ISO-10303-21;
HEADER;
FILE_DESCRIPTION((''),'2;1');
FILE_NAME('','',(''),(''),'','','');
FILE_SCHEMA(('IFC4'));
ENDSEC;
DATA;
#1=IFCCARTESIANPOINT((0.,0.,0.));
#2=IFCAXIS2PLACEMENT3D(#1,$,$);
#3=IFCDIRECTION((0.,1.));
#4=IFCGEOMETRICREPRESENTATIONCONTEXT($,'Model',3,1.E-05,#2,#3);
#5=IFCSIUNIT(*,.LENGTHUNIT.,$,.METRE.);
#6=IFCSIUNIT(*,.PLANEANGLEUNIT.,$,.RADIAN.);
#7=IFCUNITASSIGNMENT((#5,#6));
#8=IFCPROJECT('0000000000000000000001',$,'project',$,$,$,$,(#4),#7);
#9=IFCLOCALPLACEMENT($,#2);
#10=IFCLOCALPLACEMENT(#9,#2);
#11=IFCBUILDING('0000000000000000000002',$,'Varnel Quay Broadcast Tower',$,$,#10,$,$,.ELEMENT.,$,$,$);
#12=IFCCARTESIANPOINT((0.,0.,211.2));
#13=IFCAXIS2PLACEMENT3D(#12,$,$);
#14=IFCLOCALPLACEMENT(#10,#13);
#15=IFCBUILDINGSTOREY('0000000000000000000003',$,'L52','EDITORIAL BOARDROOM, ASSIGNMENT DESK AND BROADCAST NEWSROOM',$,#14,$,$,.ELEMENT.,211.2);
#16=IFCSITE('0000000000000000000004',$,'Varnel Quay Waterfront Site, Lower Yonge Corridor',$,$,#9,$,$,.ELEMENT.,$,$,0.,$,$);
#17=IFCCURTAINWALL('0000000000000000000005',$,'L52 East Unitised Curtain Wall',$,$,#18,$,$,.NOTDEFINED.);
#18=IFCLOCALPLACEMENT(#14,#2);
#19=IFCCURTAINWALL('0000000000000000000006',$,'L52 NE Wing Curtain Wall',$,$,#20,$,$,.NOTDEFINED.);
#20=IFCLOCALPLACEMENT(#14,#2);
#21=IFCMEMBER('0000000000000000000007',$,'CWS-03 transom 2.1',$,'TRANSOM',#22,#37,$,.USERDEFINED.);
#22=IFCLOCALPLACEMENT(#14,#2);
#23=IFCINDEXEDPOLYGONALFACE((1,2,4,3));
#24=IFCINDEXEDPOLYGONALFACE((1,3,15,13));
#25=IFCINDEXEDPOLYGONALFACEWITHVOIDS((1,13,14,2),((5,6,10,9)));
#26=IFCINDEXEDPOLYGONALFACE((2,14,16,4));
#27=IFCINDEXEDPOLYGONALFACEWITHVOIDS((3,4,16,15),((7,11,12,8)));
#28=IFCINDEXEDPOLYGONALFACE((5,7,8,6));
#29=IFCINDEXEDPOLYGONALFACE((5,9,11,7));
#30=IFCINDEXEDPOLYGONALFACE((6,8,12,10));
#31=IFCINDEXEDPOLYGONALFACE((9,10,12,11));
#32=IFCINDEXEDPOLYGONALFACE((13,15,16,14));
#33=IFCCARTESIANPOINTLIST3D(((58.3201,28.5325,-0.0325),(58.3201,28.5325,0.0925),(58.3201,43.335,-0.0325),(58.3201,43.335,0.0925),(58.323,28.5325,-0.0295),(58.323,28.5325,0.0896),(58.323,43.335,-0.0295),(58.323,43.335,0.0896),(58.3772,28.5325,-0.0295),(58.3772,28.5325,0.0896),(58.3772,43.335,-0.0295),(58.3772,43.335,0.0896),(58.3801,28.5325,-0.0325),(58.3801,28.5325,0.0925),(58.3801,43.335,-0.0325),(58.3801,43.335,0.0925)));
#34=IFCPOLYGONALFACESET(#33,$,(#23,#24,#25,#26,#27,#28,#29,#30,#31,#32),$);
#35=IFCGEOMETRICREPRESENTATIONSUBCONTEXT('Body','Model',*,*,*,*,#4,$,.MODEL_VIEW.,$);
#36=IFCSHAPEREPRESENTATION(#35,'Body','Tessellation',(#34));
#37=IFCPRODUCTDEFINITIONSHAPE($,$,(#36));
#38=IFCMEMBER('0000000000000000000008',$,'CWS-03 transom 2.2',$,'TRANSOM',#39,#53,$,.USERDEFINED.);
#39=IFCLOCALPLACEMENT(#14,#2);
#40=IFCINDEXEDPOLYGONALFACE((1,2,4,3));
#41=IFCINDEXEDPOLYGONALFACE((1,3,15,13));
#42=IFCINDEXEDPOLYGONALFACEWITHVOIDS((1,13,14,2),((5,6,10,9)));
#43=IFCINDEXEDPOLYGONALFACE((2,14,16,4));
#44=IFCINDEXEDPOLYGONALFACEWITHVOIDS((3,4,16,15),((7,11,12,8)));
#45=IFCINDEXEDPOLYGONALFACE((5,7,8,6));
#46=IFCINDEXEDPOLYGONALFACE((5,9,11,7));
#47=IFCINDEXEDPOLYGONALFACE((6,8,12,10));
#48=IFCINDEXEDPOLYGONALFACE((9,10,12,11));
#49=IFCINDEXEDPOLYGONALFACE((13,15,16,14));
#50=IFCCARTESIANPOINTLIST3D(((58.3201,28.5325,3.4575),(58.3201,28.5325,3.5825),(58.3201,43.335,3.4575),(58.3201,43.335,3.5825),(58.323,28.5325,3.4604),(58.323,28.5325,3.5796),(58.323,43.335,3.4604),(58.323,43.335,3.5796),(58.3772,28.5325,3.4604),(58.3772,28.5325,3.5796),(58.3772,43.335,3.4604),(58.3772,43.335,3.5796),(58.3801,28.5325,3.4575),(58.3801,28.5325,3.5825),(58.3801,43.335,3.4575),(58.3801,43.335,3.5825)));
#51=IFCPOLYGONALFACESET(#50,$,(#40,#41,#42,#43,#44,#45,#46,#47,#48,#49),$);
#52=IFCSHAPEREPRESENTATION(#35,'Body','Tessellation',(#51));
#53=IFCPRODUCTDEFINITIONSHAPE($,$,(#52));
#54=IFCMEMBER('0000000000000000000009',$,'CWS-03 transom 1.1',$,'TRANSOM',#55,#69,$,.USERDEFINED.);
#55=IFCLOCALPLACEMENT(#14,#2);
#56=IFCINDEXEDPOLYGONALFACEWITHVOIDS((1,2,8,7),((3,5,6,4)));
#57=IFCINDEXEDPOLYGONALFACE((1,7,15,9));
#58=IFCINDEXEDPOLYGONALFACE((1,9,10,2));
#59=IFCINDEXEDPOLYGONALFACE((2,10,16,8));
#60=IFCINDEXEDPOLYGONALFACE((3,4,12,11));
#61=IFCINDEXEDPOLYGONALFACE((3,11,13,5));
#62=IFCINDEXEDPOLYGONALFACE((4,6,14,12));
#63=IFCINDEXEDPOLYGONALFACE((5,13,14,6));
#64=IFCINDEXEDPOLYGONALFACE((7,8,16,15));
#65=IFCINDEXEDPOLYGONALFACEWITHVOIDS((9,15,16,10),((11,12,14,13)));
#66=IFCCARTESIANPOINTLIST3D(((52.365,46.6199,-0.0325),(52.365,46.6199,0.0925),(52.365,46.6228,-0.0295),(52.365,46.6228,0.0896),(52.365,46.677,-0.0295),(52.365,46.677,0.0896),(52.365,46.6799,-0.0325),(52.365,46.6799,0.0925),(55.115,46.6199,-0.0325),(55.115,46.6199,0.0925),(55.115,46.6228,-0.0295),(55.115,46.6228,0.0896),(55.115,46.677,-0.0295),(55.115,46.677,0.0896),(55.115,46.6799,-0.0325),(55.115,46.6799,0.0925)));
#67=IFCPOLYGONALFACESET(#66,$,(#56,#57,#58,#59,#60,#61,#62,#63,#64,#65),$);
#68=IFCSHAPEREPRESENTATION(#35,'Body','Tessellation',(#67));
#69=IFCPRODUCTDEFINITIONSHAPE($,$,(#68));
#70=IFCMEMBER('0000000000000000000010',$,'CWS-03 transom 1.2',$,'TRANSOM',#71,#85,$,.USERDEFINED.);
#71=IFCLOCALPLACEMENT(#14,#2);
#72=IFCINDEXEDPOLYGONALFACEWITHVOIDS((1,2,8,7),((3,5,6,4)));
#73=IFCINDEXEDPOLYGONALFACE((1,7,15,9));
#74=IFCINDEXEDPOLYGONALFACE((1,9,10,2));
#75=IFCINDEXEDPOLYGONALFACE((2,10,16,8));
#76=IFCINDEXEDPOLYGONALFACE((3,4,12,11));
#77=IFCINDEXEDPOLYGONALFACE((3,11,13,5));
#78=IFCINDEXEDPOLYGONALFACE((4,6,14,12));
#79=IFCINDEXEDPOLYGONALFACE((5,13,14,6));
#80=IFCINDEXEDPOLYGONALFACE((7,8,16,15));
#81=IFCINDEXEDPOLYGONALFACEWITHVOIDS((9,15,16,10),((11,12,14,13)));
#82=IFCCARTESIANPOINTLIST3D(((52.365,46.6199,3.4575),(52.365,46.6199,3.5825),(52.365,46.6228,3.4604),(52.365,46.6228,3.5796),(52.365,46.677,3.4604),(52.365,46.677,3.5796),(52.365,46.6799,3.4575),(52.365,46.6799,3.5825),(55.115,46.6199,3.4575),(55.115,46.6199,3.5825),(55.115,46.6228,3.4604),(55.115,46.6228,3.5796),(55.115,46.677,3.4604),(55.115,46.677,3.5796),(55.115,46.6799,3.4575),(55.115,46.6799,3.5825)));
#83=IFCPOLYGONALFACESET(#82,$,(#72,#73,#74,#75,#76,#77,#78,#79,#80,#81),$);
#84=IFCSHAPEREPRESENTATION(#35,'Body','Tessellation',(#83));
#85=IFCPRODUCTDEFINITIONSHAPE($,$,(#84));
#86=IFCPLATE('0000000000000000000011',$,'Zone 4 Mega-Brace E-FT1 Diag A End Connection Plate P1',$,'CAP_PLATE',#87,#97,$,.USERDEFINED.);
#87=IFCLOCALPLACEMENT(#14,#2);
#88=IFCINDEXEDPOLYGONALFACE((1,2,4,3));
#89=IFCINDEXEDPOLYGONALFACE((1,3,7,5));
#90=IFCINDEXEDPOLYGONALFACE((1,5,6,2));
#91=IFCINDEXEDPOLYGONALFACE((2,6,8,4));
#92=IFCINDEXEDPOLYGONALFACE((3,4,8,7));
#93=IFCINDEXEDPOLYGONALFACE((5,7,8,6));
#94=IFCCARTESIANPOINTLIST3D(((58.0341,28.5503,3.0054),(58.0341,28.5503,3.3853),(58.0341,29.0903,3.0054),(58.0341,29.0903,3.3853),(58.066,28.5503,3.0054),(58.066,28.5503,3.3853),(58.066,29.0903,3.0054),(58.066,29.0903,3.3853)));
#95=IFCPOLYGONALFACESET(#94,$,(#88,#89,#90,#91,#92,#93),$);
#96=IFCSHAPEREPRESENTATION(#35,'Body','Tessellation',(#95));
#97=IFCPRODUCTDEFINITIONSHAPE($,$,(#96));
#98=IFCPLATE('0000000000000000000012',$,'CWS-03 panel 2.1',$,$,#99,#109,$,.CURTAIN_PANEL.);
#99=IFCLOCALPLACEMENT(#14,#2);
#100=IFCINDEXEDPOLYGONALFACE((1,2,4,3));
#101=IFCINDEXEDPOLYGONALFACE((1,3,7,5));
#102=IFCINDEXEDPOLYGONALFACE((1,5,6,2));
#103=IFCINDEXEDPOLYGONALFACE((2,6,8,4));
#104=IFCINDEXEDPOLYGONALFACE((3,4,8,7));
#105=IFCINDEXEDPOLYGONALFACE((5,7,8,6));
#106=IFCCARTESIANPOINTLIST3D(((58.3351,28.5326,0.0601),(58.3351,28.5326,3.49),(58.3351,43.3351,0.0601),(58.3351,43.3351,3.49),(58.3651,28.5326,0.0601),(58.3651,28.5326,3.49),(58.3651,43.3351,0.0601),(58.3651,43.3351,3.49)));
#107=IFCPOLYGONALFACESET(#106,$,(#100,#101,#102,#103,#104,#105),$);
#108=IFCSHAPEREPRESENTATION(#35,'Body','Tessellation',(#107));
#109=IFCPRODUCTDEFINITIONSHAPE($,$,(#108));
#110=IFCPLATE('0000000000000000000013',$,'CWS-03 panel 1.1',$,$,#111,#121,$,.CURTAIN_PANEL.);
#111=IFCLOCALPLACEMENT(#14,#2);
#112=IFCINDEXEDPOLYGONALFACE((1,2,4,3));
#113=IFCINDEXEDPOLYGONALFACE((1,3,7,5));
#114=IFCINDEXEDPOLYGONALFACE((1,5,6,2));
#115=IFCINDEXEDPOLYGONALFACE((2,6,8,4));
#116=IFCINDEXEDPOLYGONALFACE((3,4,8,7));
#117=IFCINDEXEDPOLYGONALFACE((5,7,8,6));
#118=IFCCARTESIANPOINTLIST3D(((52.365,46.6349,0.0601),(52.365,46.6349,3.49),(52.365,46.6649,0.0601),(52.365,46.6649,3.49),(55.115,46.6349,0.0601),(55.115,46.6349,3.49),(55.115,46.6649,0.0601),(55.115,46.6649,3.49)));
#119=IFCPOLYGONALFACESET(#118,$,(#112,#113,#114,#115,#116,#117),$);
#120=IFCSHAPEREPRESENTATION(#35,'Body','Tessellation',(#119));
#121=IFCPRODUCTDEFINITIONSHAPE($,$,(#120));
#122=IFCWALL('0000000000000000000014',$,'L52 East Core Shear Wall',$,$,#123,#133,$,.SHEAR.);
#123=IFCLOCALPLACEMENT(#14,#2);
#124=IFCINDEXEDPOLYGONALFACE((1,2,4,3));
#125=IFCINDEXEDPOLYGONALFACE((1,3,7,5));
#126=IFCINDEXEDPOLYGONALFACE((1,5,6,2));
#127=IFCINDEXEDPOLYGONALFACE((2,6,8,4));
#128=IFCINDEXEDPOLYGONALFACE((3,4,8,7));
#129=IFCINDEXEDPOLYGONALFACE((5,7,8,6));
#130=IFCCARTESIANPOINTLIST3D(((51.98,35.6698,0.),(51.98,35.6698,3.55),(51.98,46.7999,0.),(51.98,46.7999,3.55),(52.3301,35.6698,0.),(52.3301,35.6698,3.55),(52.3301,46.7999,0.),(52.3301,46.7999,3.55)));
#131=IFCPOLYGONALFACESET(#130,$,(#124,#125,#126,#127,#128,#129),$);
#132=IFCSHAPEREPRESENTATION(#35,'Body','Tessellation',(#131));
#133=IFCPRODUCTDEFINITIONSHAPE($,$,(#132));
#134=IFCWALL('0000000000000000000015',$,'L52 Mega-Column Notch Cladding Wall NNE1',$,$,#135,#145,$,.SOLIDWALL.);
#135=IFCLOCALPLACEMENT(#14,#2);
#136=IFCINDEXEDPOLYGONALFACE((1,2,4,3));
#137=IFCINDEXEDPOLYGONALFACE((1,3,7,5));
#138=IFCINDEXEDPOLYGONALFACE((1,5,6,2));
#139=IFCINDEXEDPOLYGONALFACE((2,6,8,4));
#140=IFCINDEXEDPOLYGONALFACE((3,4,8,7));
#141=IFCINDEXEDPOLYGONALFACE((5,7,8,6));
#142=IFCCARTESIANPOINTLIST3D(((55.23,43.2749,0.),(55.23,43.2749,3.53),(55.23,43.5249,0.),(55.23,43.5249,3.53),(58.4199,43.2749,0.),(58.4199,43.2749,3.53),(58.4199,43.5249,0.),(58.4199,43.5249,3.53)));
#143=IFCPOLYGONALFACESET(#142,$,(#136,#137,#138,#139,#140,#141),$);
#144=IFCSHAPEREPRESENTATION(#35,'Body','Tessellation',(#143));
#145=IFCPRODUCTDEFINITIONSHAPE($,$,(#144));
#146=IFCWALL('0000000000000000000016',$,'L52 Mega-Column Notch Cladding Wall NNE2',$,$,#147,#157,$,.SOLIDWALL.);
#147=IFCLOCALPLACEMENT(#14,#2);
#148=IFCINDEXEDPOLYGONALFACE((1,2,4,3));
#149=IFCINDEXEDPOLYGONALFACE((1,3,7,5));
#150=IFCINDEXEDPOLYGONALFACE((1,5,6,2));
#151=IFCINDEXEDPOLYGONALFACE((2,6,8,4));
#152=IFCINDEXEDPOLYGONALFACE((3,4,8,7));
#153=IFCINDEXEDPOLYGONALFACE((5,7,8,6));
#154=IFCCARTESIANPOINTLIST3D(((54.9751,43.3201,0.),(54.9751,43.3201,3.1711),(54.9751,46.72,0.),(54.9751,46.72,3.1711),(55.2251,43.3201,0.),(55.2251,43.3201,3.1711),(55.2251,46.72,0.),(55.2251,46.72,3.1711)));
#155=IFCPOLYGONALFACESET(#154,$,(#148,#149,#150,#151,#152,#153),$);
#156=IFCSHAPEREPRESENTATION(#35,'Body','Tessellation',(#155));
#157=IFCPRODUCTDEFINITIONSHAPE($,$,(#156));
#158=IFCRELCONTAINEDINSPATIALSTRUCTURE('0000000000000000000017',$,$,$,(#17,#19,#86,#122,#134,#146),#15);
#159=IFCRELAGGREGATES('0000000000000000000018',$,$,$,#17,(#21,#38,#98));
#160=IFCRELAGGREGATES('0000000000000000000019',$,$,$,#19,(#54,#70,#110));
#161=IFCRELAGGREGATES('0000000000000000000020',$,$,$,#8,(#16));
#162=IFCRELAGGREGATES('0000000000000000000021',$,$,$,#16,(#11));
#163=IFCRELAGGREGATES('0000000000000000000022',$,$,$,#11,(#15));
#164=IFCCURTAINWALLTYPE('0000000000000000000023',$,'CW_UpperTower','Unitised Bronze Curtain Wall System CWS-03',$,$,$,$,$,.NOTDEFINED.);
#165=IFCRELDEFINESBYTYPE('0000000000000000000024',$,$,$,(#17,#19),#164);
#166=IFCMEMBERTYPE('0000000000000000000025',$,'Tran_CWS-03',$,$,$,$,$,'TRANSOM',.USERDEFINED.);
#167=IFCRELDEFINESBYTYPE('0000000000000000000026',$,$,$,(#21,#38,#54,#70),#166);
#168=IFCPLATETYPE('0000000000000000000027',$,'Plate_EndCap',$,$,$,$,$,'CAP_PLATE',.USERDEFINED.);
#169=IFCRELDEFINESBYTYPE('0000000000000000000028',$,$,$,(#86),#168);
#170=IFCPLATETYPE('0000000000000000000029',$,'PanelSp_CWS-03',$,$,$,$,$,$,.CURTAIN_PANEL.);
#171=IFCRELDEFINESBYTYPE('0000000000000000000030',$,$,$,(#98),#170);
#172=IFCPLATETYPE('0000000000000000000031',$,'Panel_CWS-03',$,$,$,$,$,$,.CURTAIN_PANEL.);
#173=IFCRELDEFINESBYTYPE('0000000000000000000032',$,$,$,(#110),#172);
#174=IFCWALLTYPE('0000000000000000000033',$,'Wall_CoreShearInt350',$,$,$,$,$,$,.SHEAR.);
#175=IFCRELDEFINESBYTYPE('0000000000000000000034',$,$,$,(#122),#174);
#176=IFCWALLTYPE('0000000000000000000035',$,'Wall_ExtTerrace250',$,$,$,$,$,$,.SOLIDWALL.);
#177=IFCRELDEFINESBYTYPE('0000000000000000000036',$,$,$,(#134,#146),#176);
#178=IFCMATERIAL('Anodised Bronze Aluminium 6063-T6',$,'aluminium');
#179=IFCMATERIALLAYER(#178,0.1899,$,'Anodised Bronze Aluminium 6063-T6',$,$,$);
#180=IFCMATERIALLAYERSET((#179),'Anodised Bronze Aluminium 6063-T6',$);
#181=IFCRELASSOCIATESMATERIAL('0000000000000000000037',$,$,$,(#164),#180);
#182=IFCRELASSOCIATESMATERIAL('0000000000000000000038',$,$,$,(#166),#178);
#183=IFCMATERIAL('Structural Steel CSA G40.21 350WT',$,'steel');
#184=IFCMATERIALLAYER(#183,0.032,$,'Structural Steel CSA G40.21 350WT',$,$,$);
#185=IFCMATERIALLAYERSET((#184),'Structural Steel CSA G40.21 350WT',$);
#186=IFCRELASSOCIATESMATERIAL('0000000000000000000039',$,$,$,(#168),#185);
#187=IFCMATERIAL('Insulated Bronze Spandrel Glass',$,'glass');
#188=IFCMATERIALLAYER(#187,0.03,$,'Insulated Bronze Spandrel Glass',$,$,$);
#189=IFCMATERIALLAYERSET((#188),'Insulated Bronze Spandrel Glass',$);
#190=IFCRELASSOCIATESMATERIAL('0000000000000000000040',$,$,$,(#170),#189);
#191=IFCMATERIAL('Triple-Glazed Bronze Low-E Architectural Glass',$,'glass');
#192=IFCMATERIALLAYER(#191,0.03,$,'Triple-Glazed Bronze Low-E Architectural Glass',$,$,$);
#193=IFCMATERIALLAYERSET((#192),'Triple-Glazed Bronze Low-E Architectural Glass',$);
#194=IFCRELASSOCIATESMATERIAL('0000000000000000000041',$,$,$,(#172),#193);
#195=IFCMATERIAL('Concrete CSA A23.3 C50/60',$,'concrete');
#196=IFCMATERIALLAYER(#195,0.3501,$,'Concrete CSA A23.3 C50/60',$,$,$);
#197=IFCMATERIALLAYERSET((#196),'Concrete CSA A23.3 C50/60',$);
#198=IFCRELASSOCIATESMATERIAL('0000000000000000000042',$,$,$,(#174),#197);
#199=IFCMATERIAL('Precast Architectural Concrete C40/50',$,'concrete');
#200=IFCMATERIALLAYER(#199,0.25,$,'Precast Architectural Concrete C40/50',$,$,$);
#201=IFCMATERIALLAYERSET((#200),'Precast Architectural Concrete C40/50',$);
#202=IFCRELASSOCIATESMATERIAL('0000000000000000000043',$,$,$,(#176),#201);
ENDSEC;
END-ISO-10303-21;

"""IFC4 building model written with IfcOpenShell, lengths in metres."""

from ifc_helpers import new_model, si_unit, direction, frame, frame_2d, origin, origin_2d, place, context, subcontext, project, spatial, rectangle, hollow_rectangle, extrude, source, transform, mapped, material, layer, layer_set, material_profile, profile_set, type_object, type_shapes, element, aggregate, save


model = new_model("IFC4")

# Units and contexts
model_context = context("Model", 3, precision=1e-05, world=origin(), true_north=direction((0.0, 1.0)))
body_context = subcontext(model_context, "Body", "Model", "MODEL_VIEW")
ifc_project = project(units=[si_unit("LENGTHUNIT", "METRE"), si_unit("PLANEANGLEUNIT", "RADIAN")], contexts=[model_context])

# Site, building, storey
site_placement = place(None, origin())
site = spatial("IfcSite", under=ifc_project, at=site_placement, Name="Varnel Quay Waterfront Site, Lower Yonge Corridor", CompositionType="ELEMENT", RefElevation=0.0)
building_placement = place(site_placement, origin())
building = spatial("IfcBuilding", under=site, at=building_placement, Name="Varnel Quay Broadcast Tower", CompositionType="ELEMENT")
storey_placement = place(building_placement, frame((0.0, 0.0, 211.2)))
storey = spatial("IfcBuildingStorey", under=building, at=storey_placement, Name="L52", Description="EDITORIAL BOARDROOM, ASSIGNMENT DESK AND BROADCAST NEWSROOM", CompositionType="ELEMENT", Elevation=211.2)

# Shared definitions
ifc_material_1 = material(Name="Structural Steel CSA G40.21 350WT", Category="steel")

# Curtain walls
ifc_material_2 = material(Name="Anodised Bronze Aluminium 6063-T6", Category="aluminium")
ifc_layer_1 = layer(ifc_material_2, 0.1899, Name="Anodised Bronze Aluminium 6063-T6")
ifc_layer_set_1 = layer_set([ifc_layer_1], Name="Anodised Bronze Aluminium 6063-T6")
curtain_wall_type = type_object("IfcCurtainWallType", Name="CW_UpperTower", Description="Unitised Bronze Curtain Wall System CWS-03", PredefinedType="NOTDEFINED", material=ifc_layer_set_1)
curtain_wall_1_placement = place(storey_placement, origin())
curtain_wall_1 = element("IfcCurtainWall", 1, at=curtain_wall_1_placement, inside=storey, type_object=curtain_wall_type, Name="L52 East Unitised Curtain Wall", PredefinedType="NOTDEFINED")
curtain_wall_2_placement = place(storey_placement, origin())
curtain_wall_2 = element("IfcCurtainWall", 2, at=curtain_wall_2_placement, inside=storey, type_object=curtain_wall_type, Name="L52 NE Wing Curtain Wall", PredefinedType="NOTDEFINED")

# Members
ifc_material_profile_1 = material_profile(ifc_material_2, hollow_rectangle(XDim=0.0601, YDim=0.125, WallThickness=0.0029, at=origin_2d()), Name="ALU60X125X3")
ifc_profile_set_1 = profile_set([ifc_material_profile_1], Name="Anodised Bronze Aluminium 6063-T6")
member_type_1 = type_object("IfcMemberType", Name="Tran_CWS-03", ElementType="TRANSOM", PredefinedType="USERDEFINED", material=ifc_profile_set_1)
shared_shape_1 = source(origin(), body_context, "Body", "SweptSolid", [
    extrude(hollow_rectangle(XDim=0.0601, YDim=0.125, WallThickness=0.0029, at=origin_2d()), origin(), (0.0, 0.0, 1.0), 14.8025),
])
member_1_placement = place(storey_placement, frame((58.3501, 28.5325, 0.03), z_axis=(0.0, 1.0, 0.0), x_axis=(-1.0, 0.0, 0.0)))
member_1 = element("IfcMember", 3, at=member_1_placement, type_object=member_type_1, Name="CWS-03 transom 2.1", ObjectType="TRANSOM", PredefinedType="USERDEFINED", context=body_context, shape_type="MappedRepresentation", body=[
    mapped(shared_shape_1, transform((0.0, 0.0, 0.0), x_axis=(1.0, 0.0, 0.0), y_axis=(0.0, 1.0, 0.0), z_axis=(0.0, 0.0, 1.0), scale=1.0)),
])
member_2_placement = place(storey_placement, frame((58.3501, 28.5325, 3.52), z_axis=(0.0, 1.0, 0.0), x_axis=(-1.0, 0.0, 0.0)))
member_2 = element("IfcMember", 4, at=member_2_placement, type_object=member_type_1, Name="CWS-03 transom 2.2", ObjectType="TRANSOM", PredefinedType="USERDEFINED", context=body_context, shape_type="MappedRepresentation", body=[
    mapped(shared_shape_1, transform((0.0, 0.0, 0.0), x_axis=(1.0, 0.0, 0.0), y_axis=(0.0, 1.0, 0.0), z_axis=(0.0, 0.0, 1.0), scale=1.0)),
])
shared_shape_2 = source(origin(), body_context, "Body", "SweptSolid", [
    extrude(hollow_rectangle(XDim=0.0601, YDim=0.125, WallThickness=0.0029, at=origin_2d()), origin(), (0.0, 0.0, 1.0), 2.75),
])
type_shapes(member_type_1, [shared_shape_1, shared_shape_2])
member_3_placement = place(storey_placement, frame((52.365, 46.6499, 0.03), z_axis=(1.0, 0.0, 0.0), x_axis=(0.0, 1.0, 0.0)))
member_3 = element("IfcMember", 5, at=member_3_placement, type_object=member_type_1, Name="CWS-03 transom 1.1", ObjectType="TRANSOM", PredefinedType="USERDEFINED", context=body_context, shape_type="MappedRepresentation", body=[
    mapped(shared_shape_2, transform((0.0, 0.0, 0.0), x_axis=(1.0, 0.0, 0.0), y_axis=(0.0, 1.0, 0.0), z_axis=(0.0, 0.0, 1.0), scale=1.0)),
])
member_4_placement = place(storey_placement, frame((52.365, 46.6499, 3.52), z_axis=(1.0, 0.0, 0.0), x_axis=(0.0, 1.0, 0.0)))
member_4 = element("IfcMember", 6, at=member_4_placement, type_object=member_type_1, Name="CWS-03 transom 1.2", ObjectType="TRANSOM", PredefinedType="USERDEFINED", context=body_context, shape_type="MappedRepresentation", body=[
    mapped(shared_shape_2, transform((0.0, 0.0, 0.0), x_axis=(1.0, 0.0, 0.0), y_axis=(0.0, 1.0, 0.0), z_axis=(0.0, 0.0, 1.0), scale=1.0)),
])

# Plates
ifc_layer_2 = layer(ifc_material_1, 0.032, Name="Structural Steel CSA G40.21 350WT")
ifc_layer_set_2 = layer_set([ifc_layer_2], Name="Structural Steel CSA G40.21 350WT")
plate_type_1 = type_object("IfcPlateType", Name="Plate_EndCap", ElementType="CAP_PLATE", PredefinedType="USERDEFINED", material=ifc_layer_set_2)
shared_shape_3 = source(origin(), body_context, "Body", "SweptSolid", [
    extrude(rectangle(XDim=0.54, YDim=0.032, at=origin_2d()), origin(), (0.0, 0.0, 1.0), 0.3799),
])
type_shapes(plate_type_1, [shared_shape_3])
plate_1_placement = place(storey_placement, frame((58.05, 28.8203, 3.0054), z_axis=(0.0, 0.0, 1.0), x_axis=(0.0, 1.0, 0.0)))
element("IfcPlate", 7, at=plate_1_placement, inside=storey, type_object=plate_type_1, Name="Zone 4 Mega-Brace E-FT1 Diag A End Connection Plate P1", ObjectType="CAP_PLATE", PredefinedType="USERDEFINED", context=body_context, shape_type="MappedRepresentation", body=[
    mapped(shared_shape_3, transform((0.0, 0.0, 0.0), x_axis=(1.0, 0.0, 0.0), y_axis=(0.0, 1.0, 0.0), z_axis=(0.0, 0.0, 1.0), scale=1.0)),
])
ifc_material_3 = material(Name="Insulated Bronze Spandrel Glass", Category="glass")
ifc_layer_3 = layer(ifc_material_3, 0.03, Name="Insulated Bronze Spandrel Glass")
ifc_layer_set_3 = layer_set([ifc_layer_3], Name="Insulated Bronze Spandrel Glass")
plate_type_2 = type_object("IfcPlateType", Name="PanelSp_CWS-03", PredefinedType="CURTAIN_PANEL", material=ifc_layer_set_3)
shared_shape_4 = source(origin(), body_context, "Body", "SweptSolid", [
    extrude(rectangle(XDim=14.8025, YDim=0.03, at=origin_2d()), origin(), (0.0, 0.0, 1.0), 3.4299),
])
type_shapes(plate_type_2, [shared_shape_4])
plate_2_placement = place(storey_placement, frame((58.3501, 35.9338, 0.0601), z_axis=(0.0, 0.0, 1.0), x_axis=(0.0, 1.0, 0.0)))
plate_2 = element("IfcPlate", 8, at=plate_2_placement, type_object=plate_type_2, Name="CWS-03 panel 2.1", PredefinedType="CURTAIN_PANEL", context=body_context, shape_type="MappedRepresentation", body=[
    mapped(shared_shape_4, transform((0.0, 0.0, 0.0), x_axis=(1.0, 0.0, 0.0), y_axis=(0.0, 1.0, 0.0), z_axis=(0.0, 0.0, 1.0), scale=1.0)),
])
aggregate(curtain_wall_1, [member_1, member_2, plate_2])
ifc_material_4 = material(Name="Triple-Glazed Bronze Low-E Architectural Glass", Category="glass")
ifc_layer_4 = layer(ifc_material_4, 0.03, Name="Triple-Glazed Bronze Low-E Architectural Glass")
ifc_layer_set_4 = layer_set([ifc_layer_4], Name="Triple-Glazed Bronze Low-E Architectural Glass")
plate_type_3 = type_object("IfcPlateType", Name="Panel_CWS-03", PredefinedType="CURTAIN_PANEL", material=ifc_layer_set_4)
shared_shape_5 = source(origin(), body_context, "Body", "SweptSolid", [
    extrude(rectangle(XDim=2.75, YDim=0.03, at=origin_2d()), origin(), (0.0, 0.0, 1.0), 3.4299),
])
type_shapes(plate_type_3, [shared_shape_5])
plate_3_placement = place(storey_placement, frame((53.74, 46.6499, 0.0601), z_axis=(0.0, 0.0, 1.0), x_axis=(1.0, 0.0, 0.0)))
plate_3 = element("IfcPlate", 9, at=plate_3_placement, type_object=plate_type_3, Name="CWS-03 panel 1.1", PredefinedType="CURTAIN_PANEL", context=body_context, shape_type="MappedRepresentation", body=[
    mapped(shared_shape_5, transform((0.0, 0.0, 0.0), x_axis=(1.0, 0.0, 0.0), y_axis=(0.0, 1.0, 0.0), z_axis=(0.0, 0.0, 1.0), scale=1.0)),
])
aggregate(curtain_wall_2, [member_3, member_4, plate_3])

# Walls
ifc_material_5 = material(Name="Concrete CSA A23.3 C50/60", Category="concrete")
ifc_layer_5 = layer(ifc_material_5, 0.3501, Name="Concrete CSA A23.3 C50/60")
ifc_layer_set_5 = layer_set([ifc_layer_5], Name="Concrete CSA A23.3 C50/60")
wall_type_1 = type_object("IfcWallType", Name="Wall_CoreShearInt350", PredefinedType="SHEAR", material=ifc_layer_set_5)
wall_1_placement = place(storey_placement, frame((52.155, 35.6699, 0.0), z_axis=(0.0, 0.0, 1.0), x_axis=(0.0, 1.0, 0.0)))
element("IfcWall", 10, at=wall_1_placement, inside=storey, type_object=wall_type_1, Name="L52 East Core Shear Wall", PredefinedType="SHEAR", context=body_context, shape_type="SweptSolid", body=[
    extrude(rectangle(XDim=11.1301, YDim=0.3501, at=frame_2d((5.5649, 0.0))), origin(), (0.0, 0.0, 1.0), 3.55),
])
ifc_material_6 = material(Name="Precast Architectural Concrete C40/50", Category="concrete")
ifc_layer_6 = layer(ifc_material_6, 0.25, Name="Precast Architectural Concrete C40/50")
ifc_layer_set_6 = layer_set([ifc_layer_6], Name="Precast Architectural Concrete C40/50")
wall_type_2 = type_object("IfcWallType", Name="Wall_ExtTerrace250", PredefinedType="SOLIDWALL", material=ifc_layer_set_6)
wall_2_placement = place(storey_placement, frame((55.23, 43.3999, 0.0), z_axis=(0.0, 0.0, 1.0), x_axis=(1.0, 0.0, 0.0)))
element("IfcWall", 11, at=wall_2_placement, inside=storey, type_object=wall_type_2, Name="L52 Mega-Column Notch Cladding Wall NNE1", PredefinedType="SOLIDWALL", context=body_context, shape_type="SweptSolid", body=[
    extrude(rectangle(XDim=3.1899, YDim=0.25, at=frame_2d((1.595, 0.0))), origin(), (0.0, 0.0, 1.0), 3.53),
])
wall_3_placement = place(storey_placement, frame((55.1001, 43.3201, 0.0), z_axis=(0.0, 0.0, 1.0), x_axis=(0.0, 1.0, 0.0)))
element("IfcWall", 12, at=wall_3_placement, inside=storey, type_object=wall_type_2, Name="L52 Mega-Column Notch Cladding Wall NNE2", PredefinedType="SOLIDWALL", context=body_context, shape_type="SweptSolid", body=[
    extrude(rectangle(XDim=3.3999, YDim=0.25, at=frame_2d((1.7, 0.0))), origin(), (0.0, 0.0, 1.0), 3.1711),
])

save(model, "model.ifc")
